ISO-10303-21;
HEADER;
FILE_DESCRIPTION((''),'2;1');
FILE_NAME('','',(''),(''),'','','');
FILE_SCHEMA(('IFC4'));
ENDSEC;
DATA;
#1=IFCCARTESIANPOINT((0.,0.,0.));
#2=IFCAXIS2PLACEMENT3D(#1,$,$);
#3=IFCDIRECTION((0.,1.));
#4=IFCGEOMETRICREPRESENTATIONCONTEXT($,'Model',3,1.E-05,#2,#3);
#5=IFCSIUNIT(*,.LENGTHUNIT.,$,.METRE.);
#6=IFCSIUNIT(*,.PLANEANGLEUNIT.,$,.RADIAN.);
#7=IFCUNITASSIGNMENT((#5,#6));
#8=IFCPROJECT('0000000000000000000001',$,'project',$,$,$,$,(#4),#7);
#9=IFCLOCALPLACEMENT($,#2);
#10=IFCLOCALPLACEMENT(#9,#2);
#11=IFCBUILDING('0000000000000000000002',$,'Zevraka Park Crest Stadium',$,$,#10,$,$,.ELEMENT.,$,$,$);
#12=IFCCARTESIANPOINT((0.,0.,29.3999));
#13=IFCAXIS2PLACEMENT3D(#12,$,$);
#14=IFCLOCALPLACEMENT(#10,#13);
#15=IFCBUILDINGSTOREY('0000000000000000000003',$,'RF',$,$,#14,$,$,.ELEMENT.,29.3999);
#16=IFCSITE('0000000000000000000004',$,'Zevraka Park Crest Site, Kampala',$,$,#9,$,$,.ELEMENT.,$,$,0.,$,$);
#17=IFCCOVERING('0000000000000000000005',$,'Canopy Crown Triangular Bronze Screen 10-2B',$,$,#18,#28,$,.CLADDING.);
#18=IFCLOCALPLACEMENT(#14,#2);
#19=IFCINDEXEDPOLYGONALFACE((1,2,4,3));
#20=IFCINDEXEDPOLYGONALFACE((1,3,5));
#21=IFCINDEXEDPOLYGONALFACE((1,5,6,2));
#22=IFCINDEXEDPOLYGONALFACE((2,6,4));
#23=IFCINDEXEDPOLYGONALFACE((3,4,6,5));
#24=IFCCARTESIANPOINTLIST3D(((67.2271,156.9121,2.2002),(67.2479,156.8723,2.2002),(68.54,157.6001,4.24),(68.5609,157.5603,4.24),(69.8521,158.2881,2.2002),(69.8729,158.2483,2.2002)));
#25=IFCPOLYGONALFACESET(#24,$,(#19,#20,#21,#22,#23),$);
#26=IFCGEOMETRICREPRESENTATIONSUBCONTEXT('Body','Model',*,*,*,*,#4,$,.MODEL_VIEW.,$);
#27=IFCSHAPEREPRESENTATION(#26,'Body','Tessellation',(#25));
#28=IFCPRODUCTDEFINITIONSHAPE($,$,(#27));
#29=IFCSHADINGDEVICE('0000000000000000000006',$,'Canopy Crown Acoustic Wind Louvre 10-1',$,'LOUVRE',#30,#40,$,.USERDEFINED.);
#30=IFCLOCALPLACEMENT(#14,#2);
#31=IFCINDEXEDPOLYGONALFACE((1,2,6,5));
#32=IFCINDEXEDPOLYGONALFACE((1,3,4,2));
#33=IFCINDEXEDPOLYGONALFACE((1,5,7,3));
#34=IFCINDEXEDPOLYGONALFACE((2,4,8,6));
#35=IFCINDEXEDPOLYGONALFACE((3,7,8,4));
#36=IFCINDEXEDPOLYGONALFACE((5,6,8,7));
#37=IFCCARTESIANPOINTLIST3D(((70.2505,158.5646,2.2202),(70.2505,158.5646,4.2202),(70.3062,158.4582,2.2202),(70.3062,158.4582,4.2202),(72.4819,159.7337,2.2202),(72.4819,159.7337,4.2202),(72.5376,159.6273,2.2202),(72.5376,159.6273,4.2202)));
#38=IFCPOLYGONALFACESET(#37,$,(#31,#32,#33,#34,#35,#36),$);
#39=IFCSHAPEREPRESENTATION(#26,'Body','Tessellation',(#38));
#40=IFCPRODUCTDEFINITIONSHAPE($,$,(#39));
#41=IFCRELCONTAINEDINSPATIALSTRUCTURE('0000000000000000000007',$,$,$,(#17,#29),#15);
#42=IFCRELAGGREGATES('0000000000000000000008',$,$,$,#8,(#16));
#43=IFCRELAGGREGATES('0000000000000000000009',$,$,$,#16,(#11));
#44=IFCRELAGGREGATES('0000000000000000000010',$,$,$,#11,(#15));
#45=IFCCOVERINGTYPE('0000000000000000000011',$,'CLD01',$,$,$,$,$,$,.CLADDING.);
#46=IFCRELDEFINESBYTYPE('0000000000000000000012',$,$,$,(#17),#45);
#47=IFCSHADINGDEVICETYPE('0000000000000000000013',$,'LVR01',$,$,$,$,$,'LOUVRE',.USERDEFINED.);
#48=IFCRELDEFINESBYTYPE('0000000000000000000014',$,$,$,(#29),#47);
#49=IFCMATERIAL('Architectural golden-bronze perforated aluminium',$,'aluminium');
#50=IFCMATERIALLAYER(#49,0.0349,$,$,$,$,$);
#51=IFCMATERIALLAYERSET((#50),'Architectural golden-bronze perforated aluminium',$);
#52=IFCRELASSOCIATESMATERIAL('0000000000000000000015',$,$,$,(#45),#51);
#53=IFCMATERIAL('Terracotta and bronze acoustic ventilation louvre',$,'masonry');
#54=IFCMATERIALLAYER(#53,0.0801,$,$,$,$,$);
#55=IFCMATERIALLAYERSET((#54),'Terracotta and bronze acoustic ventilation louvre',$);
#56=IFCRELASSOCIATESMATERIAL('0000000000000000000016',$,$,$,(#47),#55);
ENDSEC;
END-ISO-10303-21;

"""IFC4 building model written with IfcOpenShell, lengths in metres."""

from ifc_helpers import new_model, si_unit, direction, frame, origin, origin_2d, place, context, subcontext, project, spatial, polyline, rectangle, outline, extrude, material, layer, layer_set, type_object, element, save


model = new_model("IFC4")

# Units and contexts
model_context = context("Model", 3, precision=1e-05, world=origin(), true_north=direction((0.0, 1.0)))
body_context = subcontext(model_context, "Body", "Model", "MODEL_VIEW")
ifc_project = project(units=[si_unit("LENGTHUNIT", "METRE"), si_unit("PLANEANGLEUNIT", "RADIAN")], contexts=[model_context])

# Site, building, storey
site_placement = place(None, origin())
site = spatial("IfcSite", under=ifc_project, at=site_placement, Name="Zevraka Park Crest Site, Kampala", CompositionType="ELEMENT", RefElevation=0.0)
building_placement = place(site_placement, origin())
building = spatial("IfcBuilding", under=site, at=building_placement, Name="Zevraka Park Crest Stadium", CompositionType="ELEMENT")
storey_placement = place(building_placement, frame((0.0, 0.0, 29.3999)))
storey = spatial("IfcBuildingStorey", under=building, at=storey_placement, Name="RF", CompositionType="ELEMENT", Elevation=29.3999)

# Covering
ifc_material_1 = material(Name="Architectural golden-bronze perforated aluminium", Category="aluminium")
ifc_layer_1 = layer(ifc_material_1, 0.0349)
ifc_layer_set_1 = layer_set([ifc_layer_1], Name="Architectural golden-bronze perforated aluminium")
covering_type = type_object("IfcCoveringType", Name="CLD01", PredefinedType="CLADDING", material=ifc_layer_set_1)
covering_1_placement = place(storey_placement, frame((69.8521, 158.2881, 2.2002), z_axis=(-0.464266, 0.885696, 0.000111), x_axis=(-0.885696, -0.464266, 0.0)))
element("IfcCovering", 1, at=covering_1_placement, inside=storey, type_object=covering_type, Name="Canopy Crown Triangular Bronze Screen 10-2B", PredefinedType="CLADDING", context=body_context, shape_type="SweptSolid", body=[
    extrude(outline(polyline([(0.0, 0.0), (2.9638, 0.0), (1.4815, 2.0398), (0.0, 0.0)])), origin(), (0.0, 0.0, -1.0), 0.0449),
])

# Shading device
ifc_material_2 = material(Name="Terracotta and bronze acoustic ventilation louvre", Category="masonry")
ifc_layer_2 = layer(ifc_material_2, 0.0801)
ifc_layer_set_2 = layer_set([ifc_layer_2], Name="Terracotta and bronze acoustic ventilation louvre")
shading_device_type = type_object("IfcShadingDeviceType", Name="LVR01", ElementType="LOUVRE", PredefinedType="USERDEFINED", material=ifc_layer_set_2)
shading_device_placement = place(storey_placement, frame((71.394, 159.0959, 2.2202), z_axis=(0.0, 0.0, 1.0), x_axis=(-0.885799, -0.464069, 0.0)))
element("IfcShadingDevice", 2, at=shading_device_placement, inside=storey, type_object=shading_device_type, Name="Canopy Crown Acoustic Wind Louvre 10-1", ObjectType="LOUVRE", PredefinedType="USERDEFINED", context=body_context, shape_type="SweptSolid", body=[
    extrude(rectangle(XDim=2.519, YDim=0.1201, at=origin_2d()), origin(), (0.0, 0.0, 1.0), 2.0),
])

save(model, "model.ifc")
